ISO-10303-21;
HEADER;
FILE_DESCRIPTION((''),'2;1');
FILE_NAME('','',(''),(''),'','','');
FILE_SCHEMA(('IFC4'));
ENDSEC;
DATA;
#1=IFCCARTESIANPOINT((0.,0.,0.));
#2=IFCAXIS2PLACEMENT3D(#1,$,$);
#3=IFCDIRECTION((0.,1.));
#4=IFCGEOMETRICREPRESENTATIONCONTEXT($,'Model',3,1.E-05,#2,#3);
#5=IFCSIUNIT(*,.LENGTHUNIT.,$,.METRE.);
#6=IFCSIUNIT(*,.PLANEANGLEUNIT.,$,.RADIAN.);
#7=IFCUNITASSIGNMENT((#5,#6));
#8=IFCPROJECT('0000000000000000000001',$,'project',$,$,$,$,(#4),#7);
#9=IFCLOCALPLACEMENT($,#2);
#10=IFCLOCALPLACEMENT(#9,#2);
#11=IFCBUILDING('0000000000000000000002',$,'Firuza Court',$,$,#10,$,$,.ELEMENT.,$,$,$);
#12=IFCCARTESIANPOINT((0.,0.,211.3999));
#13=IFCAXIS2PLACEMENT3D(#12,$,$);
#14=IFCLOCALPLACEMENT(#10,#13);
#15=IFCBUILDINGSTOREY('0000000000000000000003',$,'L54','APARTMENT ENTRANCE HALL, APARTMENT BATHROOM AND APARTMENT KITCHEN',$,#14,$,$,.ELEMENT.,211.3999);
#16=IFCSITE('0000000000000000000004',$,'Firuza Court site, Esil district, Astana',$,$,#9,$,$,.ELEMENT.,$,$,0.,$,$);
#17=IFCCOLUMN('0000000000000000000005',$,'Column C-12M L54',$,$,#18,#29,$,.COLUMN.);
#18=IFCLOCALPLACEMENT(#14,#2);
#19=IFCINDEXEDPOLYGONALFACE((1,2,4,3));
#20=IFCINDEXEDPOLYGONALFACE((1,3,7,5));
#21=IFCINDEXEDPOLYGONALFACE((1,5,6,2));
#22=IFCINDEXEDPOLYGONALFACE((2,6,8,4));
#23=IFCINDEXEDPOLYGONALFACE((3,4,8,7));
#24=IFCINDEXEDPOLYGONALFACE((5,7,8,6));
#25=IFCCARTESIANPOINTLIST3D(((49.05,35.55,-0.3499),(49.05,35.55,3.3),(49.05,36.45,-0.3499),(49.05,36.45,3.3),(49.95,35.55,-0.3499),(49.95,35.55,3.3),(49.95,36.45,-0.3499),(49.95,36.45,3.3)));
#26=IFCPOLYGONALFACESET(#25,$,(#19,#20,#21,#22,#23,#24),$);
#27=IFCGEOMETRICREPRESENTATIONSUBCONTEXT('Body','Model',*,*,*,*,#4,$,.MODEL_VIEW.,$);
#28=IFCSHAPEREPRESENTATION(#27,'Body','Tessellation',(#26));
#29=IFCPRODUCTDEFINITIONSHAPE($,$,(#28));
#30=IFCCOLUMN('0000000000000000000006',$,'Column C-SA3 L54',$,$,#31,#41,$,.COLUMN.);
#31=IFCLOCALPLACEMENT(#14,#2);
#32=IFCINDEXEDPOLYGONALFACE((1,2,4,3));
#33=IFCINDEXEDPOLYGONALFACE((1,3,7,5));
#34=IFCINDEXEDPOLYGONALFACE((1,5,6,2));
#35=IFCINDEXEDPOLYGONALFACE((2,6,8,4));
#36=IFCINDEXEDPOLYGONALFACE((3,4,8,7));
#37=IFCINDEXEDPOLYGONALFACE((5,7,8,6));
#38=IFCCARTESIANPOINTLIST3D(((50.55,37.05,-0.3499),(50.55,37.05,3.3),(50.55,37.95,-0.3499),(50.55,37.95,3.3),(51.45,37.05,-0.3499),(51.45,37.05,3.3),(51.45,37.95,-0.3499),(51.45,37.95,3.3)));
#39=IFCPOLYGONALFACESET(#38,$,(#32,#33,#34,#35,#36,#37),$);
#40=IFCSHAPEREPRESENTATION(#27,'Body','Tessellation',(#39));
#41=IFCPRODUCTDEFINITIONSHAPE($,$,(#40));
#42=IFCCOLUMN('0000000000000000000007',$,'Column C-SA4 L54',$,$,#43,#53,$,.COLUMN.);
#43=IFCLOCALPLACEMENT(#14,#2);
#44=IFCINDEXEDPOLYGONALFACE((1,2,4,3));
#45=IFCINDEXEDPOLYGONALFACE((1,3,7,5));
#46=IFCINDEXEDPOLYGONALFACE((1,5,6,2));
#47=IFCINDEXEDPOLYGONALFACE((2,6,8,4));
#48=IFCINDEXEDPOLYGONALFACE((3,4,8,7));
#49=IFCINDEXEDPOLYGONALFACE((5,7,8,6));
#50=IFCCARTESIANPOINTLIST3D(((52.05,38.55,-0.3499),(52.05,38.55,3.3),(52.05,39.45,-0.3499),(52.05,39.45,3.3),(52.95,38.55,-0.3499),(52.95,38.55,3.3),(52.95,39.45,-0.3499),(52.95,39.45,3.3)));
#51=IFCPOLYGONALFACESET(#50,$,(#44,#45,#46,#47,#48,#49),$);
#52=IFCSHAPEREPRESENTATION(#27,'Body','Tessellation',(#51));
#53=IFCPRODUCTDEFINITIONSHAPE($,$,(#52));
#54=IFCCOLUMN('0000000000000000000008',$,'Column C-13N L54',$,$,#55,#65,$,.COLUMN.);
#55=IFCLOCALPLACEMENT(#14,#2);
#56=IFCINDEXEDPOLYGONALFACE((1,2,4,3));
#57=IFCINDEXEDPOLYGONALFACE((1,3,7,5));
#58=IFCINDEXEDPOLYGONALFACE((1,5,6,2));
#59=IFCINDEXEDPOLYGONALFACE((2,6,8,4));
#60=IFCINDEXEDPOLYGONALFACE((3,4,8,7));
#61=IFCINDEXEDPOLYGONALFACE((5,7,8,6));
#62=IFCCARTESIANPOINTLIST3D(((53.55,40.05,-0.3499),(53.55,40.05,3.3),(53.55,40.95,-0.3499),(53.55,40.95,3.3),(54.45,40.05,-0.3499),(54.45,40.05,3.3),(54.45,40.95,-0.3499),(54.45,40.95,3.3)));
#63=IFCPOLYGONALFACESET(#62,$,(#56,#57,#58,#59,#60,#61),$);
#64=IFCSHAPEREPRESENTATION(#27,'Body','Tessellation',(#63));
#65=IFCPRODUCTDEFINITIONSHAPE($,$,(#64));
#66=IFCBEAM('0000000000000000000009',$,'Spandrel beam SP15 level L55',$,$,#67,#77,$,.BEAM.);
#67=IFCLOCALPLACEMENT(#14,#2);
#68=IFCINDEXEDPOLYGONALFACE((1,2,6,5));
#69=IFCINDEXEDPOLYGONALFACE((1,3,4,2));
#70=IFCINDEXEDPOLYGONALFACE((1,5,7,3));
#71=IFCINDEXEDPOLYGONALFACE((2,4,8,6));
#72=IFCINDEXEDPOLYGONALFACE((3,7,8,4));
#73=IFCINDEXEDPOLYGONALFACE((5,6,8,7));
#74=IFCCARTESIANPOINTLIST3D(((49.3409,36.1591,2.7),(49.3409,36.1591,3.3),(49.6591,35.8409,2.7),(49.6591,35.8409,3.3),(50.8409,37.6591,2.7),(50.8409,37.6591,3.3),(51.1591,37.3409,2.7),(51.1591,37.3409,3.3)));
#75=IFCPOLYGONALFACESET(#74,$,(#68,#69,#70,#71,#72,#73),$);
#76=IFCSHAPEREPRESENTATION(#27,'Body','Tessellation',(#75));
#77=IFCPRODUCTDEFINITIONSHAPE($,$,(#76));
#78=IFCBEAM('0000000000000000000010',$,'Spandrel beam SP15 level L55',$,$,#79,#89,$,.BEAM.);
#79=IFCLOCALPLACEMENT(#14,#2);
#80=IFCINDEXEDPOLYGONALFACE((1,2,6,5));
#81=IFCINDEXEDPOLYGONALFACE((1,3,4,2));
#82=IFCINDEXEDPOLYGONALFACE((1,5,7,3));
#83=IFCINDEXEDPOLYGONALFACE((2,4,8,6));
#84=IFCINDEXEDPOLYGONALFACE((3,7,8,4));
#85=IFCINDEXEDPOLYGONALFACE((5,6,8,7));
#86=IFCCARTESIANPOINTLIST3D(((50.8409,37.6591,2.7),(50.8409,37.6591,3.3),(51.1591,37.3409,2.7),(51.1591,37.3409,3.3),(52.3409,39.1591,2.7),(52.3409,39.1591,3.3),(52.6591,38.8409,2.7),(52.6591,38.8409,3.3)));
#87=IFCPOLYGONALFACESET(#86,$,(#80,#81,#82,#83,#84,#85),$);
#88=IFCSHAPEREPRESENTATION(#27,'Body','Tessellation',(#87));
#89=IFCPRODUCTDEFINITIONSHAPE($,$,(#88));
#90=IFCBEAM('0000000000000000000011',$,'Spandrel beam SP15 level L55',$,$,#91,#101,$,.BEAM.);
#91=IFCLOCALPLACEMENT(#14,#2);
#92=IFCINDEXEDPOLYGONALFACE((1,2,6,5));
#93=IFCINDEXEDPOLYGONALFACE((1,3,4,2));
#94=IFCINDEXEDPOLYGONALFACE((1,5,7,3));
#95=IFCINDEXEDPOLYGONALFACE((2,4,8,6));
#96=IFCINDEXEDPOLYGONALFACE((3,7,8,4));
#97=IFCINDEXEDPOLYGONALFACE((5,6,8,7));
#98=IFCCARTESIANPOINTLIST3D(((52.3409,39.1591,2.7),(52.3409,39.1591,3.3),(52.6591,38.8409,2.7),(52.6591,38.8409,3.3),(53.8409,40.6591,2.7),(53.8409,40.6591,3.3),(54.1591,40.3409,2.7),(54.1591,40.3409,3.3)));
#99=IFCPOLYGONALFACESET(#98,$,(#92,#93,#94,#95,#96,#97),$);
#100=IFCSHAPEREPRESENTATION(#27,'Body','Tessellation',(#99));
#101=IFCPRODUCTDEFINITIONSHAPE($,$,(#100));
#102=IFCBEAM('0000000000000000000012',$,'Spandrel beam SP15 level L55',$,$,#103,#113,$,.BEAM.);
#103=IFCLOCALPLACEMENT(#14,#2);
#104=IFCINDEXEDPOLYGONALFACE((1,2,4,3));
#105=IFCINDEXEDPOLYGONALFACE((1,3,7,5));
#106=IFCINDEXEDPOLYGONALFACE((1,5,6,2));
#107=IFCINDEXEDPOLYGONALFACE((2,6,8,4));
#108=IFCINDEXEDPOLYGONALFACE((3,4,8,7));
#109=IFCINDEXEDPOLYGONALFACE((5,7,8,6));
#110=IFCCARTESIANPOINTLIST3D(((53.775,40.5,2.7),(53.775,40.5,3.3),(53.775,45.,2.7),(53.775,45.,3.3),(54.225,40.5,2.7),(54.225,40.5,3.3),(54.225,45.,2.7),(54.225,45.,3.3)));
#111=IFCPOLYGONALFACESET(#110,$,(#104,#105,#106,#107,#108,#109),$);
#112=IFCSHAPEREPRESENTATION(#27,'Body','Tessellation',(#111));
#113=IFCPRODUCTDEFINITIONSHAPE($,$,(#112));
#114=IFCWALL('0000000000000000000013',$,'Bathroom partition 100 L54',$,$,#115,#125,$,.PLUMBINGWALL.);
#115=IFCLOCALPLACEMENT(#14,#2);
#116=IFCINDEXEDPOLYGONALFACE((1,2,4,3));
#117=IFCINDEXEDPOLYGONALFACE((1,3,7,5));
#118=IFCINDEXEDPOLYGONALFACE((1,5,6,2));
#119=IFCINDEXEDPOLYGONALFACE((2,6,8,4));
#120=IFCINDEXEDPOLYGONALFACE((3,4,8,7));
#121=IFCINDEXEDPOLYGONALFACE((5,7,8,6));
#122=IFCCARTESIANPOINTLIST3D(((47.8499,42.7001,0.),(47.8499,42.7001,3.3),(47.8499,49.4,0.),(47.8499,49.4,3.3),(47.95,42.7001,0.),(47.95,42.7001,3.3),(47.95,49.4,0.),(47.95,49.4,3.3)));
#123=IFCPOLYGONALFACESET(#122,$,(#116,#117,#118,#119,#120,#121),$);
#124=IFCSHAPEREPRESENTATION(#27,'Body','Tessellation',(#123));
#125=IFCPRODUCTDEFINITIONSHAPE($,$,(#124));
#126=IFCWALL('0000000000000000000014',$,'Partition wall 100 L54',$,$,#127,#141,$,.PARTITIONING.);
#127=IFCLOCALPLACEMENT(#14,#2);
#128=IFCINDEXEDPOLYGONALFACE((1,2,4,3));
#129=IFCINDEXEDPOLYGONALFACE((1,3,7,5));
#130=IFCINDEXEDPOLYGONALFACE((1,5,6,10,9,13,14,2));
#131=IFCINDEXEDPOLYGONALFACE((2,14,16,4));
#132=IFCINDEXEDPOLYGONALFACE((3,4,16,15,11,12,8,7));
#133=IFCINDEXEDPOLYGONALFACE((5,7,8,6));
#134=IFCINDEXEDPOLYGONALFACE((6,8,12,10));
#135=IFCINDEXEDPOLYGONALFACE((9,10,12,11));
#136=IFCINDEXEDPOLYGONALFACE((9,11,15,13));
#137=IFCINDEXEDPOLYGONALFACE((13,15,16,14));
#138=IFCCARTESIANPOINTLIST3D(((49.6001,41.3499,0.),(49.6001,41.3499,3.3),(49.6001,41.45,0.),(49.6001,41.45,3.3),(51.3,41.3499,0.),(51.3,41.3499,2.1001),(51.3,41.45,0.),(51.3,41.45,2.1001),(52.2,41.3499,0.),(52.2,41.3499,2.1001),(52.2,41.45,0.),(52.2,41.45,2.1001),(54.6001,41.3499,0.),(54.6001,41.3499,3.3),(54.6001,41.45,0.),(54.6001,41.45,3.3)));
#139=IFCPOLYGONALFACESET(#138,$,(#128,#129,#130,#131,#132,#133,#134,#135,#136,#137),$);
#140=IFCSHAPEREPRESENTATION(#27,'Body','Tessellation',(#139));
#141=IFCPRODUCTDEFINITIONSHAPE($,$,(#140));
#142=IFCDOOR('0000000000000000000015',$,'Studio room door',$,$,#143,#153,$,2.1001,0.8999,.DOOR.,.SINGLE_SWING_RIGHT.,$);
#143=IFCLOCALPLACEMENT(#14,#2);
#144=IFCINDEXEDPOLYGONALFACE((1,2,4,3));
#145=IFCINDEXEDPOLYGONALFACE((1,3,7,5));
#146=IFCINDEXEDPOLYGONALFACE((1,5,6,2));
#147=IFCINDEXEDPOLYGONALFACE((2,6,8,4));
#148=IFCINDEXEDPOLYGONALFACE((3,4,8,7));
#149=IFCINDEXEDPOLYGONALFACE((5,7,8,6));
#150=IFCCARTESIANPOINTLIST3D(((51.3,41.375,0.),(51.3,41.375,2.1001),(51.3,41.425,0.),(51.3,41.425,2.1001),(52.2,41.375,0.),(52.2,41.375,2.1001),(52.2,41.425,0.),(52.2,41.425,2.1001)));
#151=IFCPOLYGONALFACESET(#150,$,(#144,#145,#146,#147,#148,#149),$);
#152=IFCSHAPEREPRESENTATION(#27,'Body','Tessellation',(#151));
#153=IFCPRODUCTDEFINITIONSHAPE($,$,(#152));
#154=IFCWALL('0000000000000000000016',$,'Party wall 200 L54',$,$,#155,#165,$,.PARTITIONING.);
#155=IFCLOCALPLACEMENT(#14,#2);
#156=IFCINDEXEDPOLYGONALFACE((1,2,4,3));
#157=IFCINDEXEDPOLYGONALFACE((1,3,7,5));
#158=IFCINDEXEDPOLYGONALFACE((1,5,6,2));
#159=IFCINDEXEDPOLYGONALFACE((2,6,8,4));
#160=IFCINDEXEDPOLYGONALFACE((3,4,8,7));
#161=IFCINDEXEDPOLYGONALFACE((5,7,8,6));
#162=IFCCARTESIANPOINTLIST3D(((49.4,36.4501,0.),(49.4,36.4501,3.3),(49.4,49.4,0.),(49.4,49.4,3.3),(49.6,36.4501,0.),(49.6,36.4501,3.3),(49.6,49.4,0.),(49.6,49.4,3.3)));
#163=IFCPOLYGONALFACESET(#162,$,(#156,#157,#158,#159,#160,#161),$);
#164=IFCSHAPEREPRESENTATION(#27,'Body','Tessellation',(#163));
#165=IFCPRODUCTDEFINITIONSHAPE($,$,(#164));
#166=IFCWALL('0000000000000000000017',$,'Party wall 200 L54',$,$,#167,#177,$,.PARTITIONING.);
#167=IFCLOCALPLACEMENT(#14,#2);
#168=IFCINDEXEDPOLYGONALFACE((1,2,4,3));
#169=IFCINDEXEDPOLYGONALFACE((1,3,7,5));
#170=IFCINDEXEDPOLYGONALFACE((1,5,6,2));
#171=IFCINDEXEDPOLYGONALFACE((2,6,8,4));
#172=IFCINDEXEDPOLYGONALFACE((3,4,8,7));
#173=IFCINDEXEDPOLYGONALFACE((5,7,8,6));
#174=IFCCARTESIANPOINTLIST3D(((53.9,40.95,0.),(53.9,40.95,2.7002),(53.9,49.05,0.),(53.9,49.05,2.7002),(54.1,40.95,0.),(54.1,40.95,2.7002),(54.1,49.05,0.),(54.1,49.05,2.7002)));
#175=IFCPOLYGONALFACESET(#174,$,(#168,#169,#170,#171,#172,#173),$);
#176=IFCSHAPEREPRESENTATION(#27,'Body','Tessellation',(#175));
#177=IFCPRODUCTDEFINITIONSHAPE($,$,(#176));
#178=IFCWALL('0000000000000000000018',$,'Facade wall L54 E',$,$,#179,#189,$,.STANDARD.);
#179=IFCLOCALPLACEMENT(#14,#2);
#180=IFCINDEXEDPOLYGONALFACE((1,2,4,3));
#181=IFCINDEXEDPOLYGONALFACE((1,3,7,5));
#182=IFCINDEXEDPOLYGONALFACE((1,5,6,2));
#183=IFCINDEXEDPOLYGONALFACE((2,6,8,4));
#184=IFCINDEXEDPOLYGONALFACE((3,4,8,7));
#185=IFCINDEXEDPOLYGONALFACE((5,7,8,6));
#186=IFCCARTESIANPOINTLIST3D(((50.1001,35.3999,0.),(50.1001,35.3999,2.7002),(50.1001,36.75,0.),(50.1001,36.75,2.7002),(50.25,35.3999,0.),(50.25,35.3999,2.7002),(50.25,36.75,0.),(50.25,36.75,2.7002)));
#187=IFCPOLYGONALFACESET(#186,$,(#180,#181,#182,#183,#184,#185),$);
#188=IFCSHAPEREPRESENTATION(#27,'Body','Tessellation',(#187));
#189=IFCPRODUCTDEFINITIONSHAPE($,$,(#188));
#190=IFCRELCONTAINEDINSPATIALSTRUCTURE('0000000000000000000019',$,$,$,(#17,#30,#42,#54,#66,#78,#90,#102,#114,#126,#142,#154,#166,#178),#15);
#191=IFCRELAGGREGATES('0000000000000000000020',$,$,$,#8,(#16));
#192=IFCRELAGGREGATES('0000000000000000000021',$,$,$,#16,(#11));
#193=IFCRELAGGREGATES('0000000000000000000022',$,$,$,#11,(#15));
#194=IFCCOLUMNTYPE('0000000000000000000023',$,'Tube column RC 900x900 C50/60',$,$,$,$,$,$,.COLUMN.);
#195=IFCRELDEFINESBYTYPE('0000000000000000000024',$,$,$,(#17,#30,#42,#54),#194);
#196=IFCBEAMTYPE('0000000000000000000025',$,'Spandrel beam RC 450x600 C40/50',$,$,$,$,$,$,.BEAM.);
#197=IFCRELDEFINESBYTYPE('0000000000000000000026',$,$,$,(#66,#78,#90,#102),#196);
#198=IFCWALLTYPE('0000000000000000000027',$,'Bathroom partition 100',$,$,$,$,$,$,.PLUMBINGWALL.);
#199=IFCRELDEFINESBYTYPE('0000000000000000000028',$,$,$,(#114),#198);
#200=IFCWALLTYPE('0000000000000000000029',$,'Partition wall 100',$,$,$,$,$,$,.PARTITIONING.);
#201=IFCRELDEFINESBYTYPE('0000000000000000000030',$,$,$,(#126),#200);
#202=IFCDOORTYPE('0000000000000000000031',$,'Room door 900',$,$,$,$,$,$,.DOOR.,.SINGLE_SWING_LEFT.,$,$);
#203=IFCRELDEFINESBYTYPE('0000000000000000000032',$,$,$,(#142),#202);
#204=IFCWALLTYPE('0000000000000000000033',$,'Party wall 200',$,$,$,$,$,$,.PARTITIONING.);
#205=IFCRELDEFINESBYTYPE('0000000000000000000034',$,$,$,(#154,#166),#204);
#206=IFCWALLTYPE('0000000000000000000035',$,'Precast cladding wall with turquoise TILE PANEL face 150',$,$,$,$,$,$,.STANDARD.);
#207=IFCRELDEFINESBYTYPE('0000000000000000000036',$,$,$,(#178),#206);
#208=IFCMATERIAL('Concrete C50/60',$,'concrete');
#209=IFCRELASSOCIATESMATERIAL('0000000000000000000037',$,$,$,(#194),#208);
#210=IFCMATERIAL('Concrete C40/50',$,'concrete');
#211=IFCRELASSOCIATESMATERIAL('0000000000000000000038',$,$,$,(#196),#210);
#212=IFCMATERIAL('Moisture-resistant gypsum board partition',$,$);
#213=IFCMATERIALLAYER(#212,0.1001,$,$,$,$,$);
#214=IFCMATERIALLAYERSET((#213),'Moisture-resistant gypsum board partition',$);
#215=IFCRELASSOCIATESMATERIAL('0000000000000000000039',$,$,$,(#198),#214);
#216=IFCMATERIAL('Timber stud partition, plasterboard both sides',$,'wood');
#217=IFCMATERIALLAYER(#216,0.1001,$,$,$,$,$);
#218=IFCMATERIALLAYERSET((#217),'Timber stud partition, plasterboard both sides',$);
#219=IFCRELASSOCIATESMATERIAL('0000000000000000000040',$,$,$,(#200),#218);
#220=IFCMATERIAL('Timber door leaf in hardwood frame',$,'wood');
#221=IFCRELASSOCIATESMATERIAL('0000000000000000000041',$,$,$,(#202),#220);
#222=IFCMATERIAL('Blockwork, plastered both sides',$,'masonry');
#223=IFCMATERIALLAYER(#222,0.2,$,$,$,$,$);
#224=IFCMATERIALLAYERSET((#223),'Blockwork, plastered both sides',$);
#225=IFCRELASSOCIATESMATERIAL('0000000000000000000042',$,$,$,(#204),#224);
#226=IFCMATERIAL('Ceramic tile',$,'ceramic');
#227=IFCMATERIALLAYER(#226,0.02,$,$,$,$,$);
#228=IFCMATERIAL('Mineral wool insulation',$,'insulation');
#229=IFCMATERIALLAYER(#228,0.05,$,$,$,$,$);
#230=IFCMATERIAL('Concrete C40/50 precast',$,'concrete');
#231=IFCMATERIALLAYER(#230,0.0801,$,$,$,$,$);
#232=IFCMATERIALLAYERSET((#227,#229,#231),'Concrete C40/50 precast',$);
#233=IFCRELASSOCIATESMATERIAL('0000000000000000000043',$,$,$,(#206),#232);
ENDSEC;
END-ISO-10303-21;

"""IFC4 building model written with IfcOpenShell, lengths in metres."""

from ifc_helpers import new_model, si_unit, direction, frame, frame_2d, origin, origin_2d, place, context, subcontext, project, spatial, rectangle, extrude, material, layer, layer_set, material_profile, profile_set, type_object, element, fill, save


model = new_model("IFC4")

# Units and contexts
model_context = context("Model", 3, precision=1e-05, world=origin(), true_north=direction((0.0, 1.0)))
body_context = subcontext(model_context, "Body", "Model", "MODEL_VIEW")
ifc_project = project(units=[si_unit("LENGTHUNIT", "METRE"), si_unit("PLANEANGLEUNIT", "RADIAN")], contexts=[model_context])

# Site, building, storey
site_placement = place(None, origin())
site = spatial("IfcSite", under=ifc_project, at=site_placement, Name="Firuza Court site, Esil district, Astana", CompositionType="ELEMENT", RefElevation=0.0)
building_placement = place(site_placement, origin())
building = spatial("IfcBuilding", under=site, at=building_placement, Name="Firuza Court", CompositionType="ELEMENT")
storey_placement = place(building_placement, frame((0.0, 0.0, 211.3999)))
storey = spatial("IfcBuildingStorey", under=building, at=storey_placement, Name="L54", Description="APARTMENT ENTRANCE HALL, APARTMENT BATHROOM AND APARTMENT KITCHEN", CompositionType="ELEMENT", Elevation=211.3999)

# Columns
ifc_material_1 = material(Name="Concrete C50/60", Category="concrete")
ifc_material_profile_1 = material_profile(ifc_material_1, rectangle(XDim=0.8999, YDim=0.8999, at=origin_2d()), Name="RC 900x900")
ifc_profile_set_1 = profile_set([ifc_material_profile_1], Name="Concrete C50/60")
column_type = type_object("IfcColumnType", Name="Tube column RC 900x900 C50/60", PredefinedType="COLUMN", material=ifc_profile_set_1)
for number, where, z_axis, x_axis, name in (
    (1, (49.5, 36.0, -0.3499), (0.0, 0.0, 1.0), (1.0, 0.0, 0.0), "Column C-12M L54"),
    (2, (51.0, 37.5, -0.3499), (0.0, 0.0, 1.0), (1.0, 0.0, 0.0), "Column C-SA3 L54"),
    (3, (52.5, 39.0, -0.3499), (0.0, 0.0, 1.0), (1.0, 0.0, 0.0), "Column C-SA4 L54"),
    (4, (54.0, 40.5, -0.3499), (0.0, 0.0, 1.0), (1.0, 0.0, 0.0), "Column C-13N L54"),
):
    element("IfcColumn", number, at=place(storey_placement, frame(where, z_axis=z_axis, x_axis=x_axis)), inside=storey, type_object=column_type, Name=name, PredefinedType="COLUMN", context=body_context, shape_type="SweptSolid", body=[
        extrude(rectangle(XDim=0.8999, YDim=0.8999, at=origin_2d()), origin(), (0.0, 0.0, 1.0), 3.6499),
    ])

# Beams
ifc_material_2 = material(Name="Concrete C40/50", Category="concrete")
ifc_material_profile_2 = material_profile(ifc_material_2, rectangle(XDim=0.45, YDim=0.6001, at=origin_2d()), Name="RC 450x600")
ifc_profile_set_2 = profile_set([ifc_material_profile_2], Name="Concrete C40/50")
beam_type = type_object("IfcBeamType", Name="Spandrel beam RC 450x600 C40/50", PredefinedType="BEAM", material=ifc_profile_set_2)
for number, where, z_axis, x_axis, name in (
    (5, (49.5, 36.0, 3.0), (0.707107, 0.707107, 0.0), (-0.707107, 0.707107, 0.0), "Spandrel beam SP15 level L55"),
    (6, (51.0, 37.5, 3.0), (0.707107, 0.707107, 0.0), (-0.707107, 0.707107, 0.0), "Spandrel beam SP15 level L55"),
    (7, (52.5, 39.0, 3.0), (0.707107, 0.707107, 0.0), (-0.707107, 0.707107, 0.0), "Spandrel beam SP15 level L55"),
):
    element("IfcBeam", number, at=place(storey_placement, frame(where, z_axis=z_axis, x_axis=x_axis)), inside=storey, type_object=beam_type, Name=name, PredefinedType="BEAM", context=body_context, shape_type="SweptSolid", body=[
        extrude(rectangle(XDim=0.45, YDim=0.6001, at=origin_2d()), origin(), (0.0, 0.0, 1.0), 2.1213),
    ])
beam_placement = place(storey_placement, frame((54.0, 40.5, 3.0), z_axis=(0.0, 1.0, 0.0), x_axis=(-1.0, 0.0, 0.0)))
element("IfcBeam", 8, at=beam_placement, inside=storey, type_object=beam_type, Name="Spandrel beam SP15 level L55", PredefinedType="BEAM", context=body_context, shape_type="SweptSolid", body=[
    extrude(rectangle(XDim=0.45, YDim=0.6001, at=origin_2d()), origin(), (0.0, 0.0, 1.0), 4.5),
])

# Wall
ifc_material_3 = material(Name="Moisture-resistant gypsum board partition")
ifc_layer_1 = layer(ifc_material_3, 0.1001)
ifc_layer_set_1 = layer_set([ifc_layer_1], Name="Moisture-resistant gypsum board partition")
wall_type_1 = type_object("IfcWallType", Name="Bathroom partition 100", PredefinedType="PLUMBINGWALL", material=ifc_layer_set_1)
wall_1_placement = place(storey_placement, frame((47.8999, 42.7, 0.0), z_axis=(0.0, 0.0, 1.0), x_axis=(0.0, 1.0, 0.0)))
element("IfcWall", 9, at=wall_1_placement, inside=storey, type_object=wall_type_1, Name="Bathroom partition 100 L54", PredefinedType="PLUMBINGWALL", context=body_context, shape_type="SweptSolid", body=[
    extrude(rectangle(XDim=6.7, YDim=0.1001, at=frame_2d((3.3501, 0.0))), origin(), (0.0, 0.0, 1.0), 3.3),
])

# Wall, opening, door
ifc_material_4 = material(Name="Timber stud partition, plasterboard both sides", Category="wood")
ifc_layer_2 = layer(ifc_material_4, 0.1001)
ifc_layer_set_2 = layer_set([ifc_layer_2], Name="Timber stud partition, plasterboard both sides")
wall_type_2 = type_object("IfcWallType", Name="Partition wall 100", PredefinedType="PARTITIONING", material=ifc_layer_set_2)
wall_2_placement = place(storey_placement, frame((49.6001, 41.3999, 0.0), z_axis=(0.0, 0.0, 1.0), x_axis=(1.0, 0.0, 0.0)))
wall_2 = element("IfcWall", 10, at=wall_2_placement, inside=storey, type_object=wall_type_2, Name="Partition wall 100 L54", PredefinedType="PARTITIONING", context=body_context, shape_type="SweptSolid", body=[
    extrude(rectangle(XDim=5.0, YDim=0.1001, at=frame_2d((2.5, 0.0))), origin(), (0.0, 0.0, 1.0), 3.3),
])
opening_1_placement = place(wall_2_placement, frame((1.7, 0.0, 0.0)))
opening_1 = element("IfcOpeningElement", 11, at=opening_1_placement, cuts=wall_2, PredefinedType="OPENING", context=body_context, shape_type="SweptSolid", body=[
    extrude(rectangle(XDim=0.8999, YDim=2.1001, at=frame_2d((0.45, 1.05))), frame((0.0, 0.062, 0.0), z_axis=(0.0, -1.0, 0.0), x_axis=(1.0, 0.0, 0.0)), (0.0, 0.0, 1.0), 0.124),
])
ifc_material_5 = material(Name="Timber door leaf in hardwood frame", Category="wood")
door_type = type_object("IfcDoorType", Name="Room door 900", OperationType="SINGLE_SWING_LEFT", PredefinedType="DOOR", material=ifc_material_5)
door_placement = place(opening_1_placement, frame((0.8999, 0.0, 0.0), z_axis=(0.0, 0.0, 1.0), x_axis=(-1.0, 0.0, 0.0)))
door = element("IfcDoor", 12, at=door_placement, inside=storey, type_object=door_type, Name="Studio room door", OperationType="SINGLE_SWING_RIGHT", OverallHeight=2.1001, OverallWidth=0.8999, PredefinedType="DOOR", context=body_context, shape_type="SweptSolid", body=[
    extrude(rectangle(XDim=0.8999, YDim=2.1001, at=frame_2d((0.45, 1.05))), frame((0.0, 0.0249, 0.0), z_axis=(0.0, -1.0, 0.0), x_axis=(1.0, 0.0, 0.0)), (0.0, 0.0, 1.0), 0.05),
])
fill(opening_1, door)

# Walls
ifc_material_6 = material(Name="Blockwork, plastered both sides", Category="masonry")
ifc_layer_3 = layer(ifc_material_6, 0.2)
ifc_layer_set_3 = layer_set([ifc_layer_3], Name="Blockwork, plastered both sides")
wall_type_3 = type_object("IfcWallType", Name="Party wall 200", PredefinedType="PARTITIONING", material=ifc_layer_set_3)
wall_3_placement = place(storey_placement, frame((49.5, 36.45, 0.0), z_axis=(0.0, 0.0, 1.0), x_axis=(0.0, 1.0, 0.0)))
element("IfcWall", 13, at=wall_3_placement, inside=storey, type_object=wall_type_3, Name="Party wall 200 L54", PredefinedType="PARTITIONING", context=body_context, shape_type="SweptSolid", body=[
    extrude(rectangle(XDim=12.95, YDim=0.2, at=frame_2d((6.4751, 0.0))), origin(), (0.0, 0.0, 1.0), 3.3),
])
wall_4_placement = place(storey_placement, frame((54.0, 40.95, 0.0), z_axis=(0.0, 0.0, 1.0), x_axis=(0.0, 1.0, 0.0)))
element("IfcWall", 14, at=wall_4_placement, inside=storey, type_object=wall_type_3, Name="Party wall 200 L54", PredefinedType="PARTITIONING", context=body_context, shape_type="SweptSolid", body=[
    extrude(rectangle(XDim=8.1001, YDim=0.2, at=frame_2d((4.05, 0.0))), origin(), (0.0, 0.0, 1.0), 2.7002),
])
ifc_material_7 = material(Name="Ceramic tile", Category="ceramic")
ifc_layer_4 = layer(ifc_material_7, 0.02)
ifc_material_8 = material(Name="Mineral wool insulation", Category="insulation")
ifc_layer_5 = layer(ifc_material_8, 0.05)
ifc_material_9 = material(Name="Concrete C40/50 precast", Category="concrete")
ifc_layer_6 = layer(ifc_material_9, 0.0801)
ifc_layer_set_4 = layer_set([ifc_layer_4, ifc_layer_5, ifc_layer_6], Name="Concrete C40/50 precast")
wall_type_4 = type_object("IfcWallType", Name="Precast cladding wall with turquoise TILE PANEL face 150", PredefinedType="STANDARD", material=ifc_layer_set_4)
wall_5_placement = place(storey_placement, frame((50.175, 35.3999, 0.0), z_axis=(0.0, 0.0, 1.0), x_axis=(0.0, 1.0, 0.0)))
element("IfcWall", 15, at=wall_5_placement, inside=storey, type_object=wall_type_4, Name="Facade wall L54 E", PredefinedType="STANDARD", context=body_context, shape_type="SweptSolid", body=[
    extrude(rectangle(XDim=1.3501, YDim=0.1499, at=frame_2d((0.675, 0.0))), origin(), (0.0, 0.0, 1.0), 2.7002),
])

save(model, "model.ifc")
